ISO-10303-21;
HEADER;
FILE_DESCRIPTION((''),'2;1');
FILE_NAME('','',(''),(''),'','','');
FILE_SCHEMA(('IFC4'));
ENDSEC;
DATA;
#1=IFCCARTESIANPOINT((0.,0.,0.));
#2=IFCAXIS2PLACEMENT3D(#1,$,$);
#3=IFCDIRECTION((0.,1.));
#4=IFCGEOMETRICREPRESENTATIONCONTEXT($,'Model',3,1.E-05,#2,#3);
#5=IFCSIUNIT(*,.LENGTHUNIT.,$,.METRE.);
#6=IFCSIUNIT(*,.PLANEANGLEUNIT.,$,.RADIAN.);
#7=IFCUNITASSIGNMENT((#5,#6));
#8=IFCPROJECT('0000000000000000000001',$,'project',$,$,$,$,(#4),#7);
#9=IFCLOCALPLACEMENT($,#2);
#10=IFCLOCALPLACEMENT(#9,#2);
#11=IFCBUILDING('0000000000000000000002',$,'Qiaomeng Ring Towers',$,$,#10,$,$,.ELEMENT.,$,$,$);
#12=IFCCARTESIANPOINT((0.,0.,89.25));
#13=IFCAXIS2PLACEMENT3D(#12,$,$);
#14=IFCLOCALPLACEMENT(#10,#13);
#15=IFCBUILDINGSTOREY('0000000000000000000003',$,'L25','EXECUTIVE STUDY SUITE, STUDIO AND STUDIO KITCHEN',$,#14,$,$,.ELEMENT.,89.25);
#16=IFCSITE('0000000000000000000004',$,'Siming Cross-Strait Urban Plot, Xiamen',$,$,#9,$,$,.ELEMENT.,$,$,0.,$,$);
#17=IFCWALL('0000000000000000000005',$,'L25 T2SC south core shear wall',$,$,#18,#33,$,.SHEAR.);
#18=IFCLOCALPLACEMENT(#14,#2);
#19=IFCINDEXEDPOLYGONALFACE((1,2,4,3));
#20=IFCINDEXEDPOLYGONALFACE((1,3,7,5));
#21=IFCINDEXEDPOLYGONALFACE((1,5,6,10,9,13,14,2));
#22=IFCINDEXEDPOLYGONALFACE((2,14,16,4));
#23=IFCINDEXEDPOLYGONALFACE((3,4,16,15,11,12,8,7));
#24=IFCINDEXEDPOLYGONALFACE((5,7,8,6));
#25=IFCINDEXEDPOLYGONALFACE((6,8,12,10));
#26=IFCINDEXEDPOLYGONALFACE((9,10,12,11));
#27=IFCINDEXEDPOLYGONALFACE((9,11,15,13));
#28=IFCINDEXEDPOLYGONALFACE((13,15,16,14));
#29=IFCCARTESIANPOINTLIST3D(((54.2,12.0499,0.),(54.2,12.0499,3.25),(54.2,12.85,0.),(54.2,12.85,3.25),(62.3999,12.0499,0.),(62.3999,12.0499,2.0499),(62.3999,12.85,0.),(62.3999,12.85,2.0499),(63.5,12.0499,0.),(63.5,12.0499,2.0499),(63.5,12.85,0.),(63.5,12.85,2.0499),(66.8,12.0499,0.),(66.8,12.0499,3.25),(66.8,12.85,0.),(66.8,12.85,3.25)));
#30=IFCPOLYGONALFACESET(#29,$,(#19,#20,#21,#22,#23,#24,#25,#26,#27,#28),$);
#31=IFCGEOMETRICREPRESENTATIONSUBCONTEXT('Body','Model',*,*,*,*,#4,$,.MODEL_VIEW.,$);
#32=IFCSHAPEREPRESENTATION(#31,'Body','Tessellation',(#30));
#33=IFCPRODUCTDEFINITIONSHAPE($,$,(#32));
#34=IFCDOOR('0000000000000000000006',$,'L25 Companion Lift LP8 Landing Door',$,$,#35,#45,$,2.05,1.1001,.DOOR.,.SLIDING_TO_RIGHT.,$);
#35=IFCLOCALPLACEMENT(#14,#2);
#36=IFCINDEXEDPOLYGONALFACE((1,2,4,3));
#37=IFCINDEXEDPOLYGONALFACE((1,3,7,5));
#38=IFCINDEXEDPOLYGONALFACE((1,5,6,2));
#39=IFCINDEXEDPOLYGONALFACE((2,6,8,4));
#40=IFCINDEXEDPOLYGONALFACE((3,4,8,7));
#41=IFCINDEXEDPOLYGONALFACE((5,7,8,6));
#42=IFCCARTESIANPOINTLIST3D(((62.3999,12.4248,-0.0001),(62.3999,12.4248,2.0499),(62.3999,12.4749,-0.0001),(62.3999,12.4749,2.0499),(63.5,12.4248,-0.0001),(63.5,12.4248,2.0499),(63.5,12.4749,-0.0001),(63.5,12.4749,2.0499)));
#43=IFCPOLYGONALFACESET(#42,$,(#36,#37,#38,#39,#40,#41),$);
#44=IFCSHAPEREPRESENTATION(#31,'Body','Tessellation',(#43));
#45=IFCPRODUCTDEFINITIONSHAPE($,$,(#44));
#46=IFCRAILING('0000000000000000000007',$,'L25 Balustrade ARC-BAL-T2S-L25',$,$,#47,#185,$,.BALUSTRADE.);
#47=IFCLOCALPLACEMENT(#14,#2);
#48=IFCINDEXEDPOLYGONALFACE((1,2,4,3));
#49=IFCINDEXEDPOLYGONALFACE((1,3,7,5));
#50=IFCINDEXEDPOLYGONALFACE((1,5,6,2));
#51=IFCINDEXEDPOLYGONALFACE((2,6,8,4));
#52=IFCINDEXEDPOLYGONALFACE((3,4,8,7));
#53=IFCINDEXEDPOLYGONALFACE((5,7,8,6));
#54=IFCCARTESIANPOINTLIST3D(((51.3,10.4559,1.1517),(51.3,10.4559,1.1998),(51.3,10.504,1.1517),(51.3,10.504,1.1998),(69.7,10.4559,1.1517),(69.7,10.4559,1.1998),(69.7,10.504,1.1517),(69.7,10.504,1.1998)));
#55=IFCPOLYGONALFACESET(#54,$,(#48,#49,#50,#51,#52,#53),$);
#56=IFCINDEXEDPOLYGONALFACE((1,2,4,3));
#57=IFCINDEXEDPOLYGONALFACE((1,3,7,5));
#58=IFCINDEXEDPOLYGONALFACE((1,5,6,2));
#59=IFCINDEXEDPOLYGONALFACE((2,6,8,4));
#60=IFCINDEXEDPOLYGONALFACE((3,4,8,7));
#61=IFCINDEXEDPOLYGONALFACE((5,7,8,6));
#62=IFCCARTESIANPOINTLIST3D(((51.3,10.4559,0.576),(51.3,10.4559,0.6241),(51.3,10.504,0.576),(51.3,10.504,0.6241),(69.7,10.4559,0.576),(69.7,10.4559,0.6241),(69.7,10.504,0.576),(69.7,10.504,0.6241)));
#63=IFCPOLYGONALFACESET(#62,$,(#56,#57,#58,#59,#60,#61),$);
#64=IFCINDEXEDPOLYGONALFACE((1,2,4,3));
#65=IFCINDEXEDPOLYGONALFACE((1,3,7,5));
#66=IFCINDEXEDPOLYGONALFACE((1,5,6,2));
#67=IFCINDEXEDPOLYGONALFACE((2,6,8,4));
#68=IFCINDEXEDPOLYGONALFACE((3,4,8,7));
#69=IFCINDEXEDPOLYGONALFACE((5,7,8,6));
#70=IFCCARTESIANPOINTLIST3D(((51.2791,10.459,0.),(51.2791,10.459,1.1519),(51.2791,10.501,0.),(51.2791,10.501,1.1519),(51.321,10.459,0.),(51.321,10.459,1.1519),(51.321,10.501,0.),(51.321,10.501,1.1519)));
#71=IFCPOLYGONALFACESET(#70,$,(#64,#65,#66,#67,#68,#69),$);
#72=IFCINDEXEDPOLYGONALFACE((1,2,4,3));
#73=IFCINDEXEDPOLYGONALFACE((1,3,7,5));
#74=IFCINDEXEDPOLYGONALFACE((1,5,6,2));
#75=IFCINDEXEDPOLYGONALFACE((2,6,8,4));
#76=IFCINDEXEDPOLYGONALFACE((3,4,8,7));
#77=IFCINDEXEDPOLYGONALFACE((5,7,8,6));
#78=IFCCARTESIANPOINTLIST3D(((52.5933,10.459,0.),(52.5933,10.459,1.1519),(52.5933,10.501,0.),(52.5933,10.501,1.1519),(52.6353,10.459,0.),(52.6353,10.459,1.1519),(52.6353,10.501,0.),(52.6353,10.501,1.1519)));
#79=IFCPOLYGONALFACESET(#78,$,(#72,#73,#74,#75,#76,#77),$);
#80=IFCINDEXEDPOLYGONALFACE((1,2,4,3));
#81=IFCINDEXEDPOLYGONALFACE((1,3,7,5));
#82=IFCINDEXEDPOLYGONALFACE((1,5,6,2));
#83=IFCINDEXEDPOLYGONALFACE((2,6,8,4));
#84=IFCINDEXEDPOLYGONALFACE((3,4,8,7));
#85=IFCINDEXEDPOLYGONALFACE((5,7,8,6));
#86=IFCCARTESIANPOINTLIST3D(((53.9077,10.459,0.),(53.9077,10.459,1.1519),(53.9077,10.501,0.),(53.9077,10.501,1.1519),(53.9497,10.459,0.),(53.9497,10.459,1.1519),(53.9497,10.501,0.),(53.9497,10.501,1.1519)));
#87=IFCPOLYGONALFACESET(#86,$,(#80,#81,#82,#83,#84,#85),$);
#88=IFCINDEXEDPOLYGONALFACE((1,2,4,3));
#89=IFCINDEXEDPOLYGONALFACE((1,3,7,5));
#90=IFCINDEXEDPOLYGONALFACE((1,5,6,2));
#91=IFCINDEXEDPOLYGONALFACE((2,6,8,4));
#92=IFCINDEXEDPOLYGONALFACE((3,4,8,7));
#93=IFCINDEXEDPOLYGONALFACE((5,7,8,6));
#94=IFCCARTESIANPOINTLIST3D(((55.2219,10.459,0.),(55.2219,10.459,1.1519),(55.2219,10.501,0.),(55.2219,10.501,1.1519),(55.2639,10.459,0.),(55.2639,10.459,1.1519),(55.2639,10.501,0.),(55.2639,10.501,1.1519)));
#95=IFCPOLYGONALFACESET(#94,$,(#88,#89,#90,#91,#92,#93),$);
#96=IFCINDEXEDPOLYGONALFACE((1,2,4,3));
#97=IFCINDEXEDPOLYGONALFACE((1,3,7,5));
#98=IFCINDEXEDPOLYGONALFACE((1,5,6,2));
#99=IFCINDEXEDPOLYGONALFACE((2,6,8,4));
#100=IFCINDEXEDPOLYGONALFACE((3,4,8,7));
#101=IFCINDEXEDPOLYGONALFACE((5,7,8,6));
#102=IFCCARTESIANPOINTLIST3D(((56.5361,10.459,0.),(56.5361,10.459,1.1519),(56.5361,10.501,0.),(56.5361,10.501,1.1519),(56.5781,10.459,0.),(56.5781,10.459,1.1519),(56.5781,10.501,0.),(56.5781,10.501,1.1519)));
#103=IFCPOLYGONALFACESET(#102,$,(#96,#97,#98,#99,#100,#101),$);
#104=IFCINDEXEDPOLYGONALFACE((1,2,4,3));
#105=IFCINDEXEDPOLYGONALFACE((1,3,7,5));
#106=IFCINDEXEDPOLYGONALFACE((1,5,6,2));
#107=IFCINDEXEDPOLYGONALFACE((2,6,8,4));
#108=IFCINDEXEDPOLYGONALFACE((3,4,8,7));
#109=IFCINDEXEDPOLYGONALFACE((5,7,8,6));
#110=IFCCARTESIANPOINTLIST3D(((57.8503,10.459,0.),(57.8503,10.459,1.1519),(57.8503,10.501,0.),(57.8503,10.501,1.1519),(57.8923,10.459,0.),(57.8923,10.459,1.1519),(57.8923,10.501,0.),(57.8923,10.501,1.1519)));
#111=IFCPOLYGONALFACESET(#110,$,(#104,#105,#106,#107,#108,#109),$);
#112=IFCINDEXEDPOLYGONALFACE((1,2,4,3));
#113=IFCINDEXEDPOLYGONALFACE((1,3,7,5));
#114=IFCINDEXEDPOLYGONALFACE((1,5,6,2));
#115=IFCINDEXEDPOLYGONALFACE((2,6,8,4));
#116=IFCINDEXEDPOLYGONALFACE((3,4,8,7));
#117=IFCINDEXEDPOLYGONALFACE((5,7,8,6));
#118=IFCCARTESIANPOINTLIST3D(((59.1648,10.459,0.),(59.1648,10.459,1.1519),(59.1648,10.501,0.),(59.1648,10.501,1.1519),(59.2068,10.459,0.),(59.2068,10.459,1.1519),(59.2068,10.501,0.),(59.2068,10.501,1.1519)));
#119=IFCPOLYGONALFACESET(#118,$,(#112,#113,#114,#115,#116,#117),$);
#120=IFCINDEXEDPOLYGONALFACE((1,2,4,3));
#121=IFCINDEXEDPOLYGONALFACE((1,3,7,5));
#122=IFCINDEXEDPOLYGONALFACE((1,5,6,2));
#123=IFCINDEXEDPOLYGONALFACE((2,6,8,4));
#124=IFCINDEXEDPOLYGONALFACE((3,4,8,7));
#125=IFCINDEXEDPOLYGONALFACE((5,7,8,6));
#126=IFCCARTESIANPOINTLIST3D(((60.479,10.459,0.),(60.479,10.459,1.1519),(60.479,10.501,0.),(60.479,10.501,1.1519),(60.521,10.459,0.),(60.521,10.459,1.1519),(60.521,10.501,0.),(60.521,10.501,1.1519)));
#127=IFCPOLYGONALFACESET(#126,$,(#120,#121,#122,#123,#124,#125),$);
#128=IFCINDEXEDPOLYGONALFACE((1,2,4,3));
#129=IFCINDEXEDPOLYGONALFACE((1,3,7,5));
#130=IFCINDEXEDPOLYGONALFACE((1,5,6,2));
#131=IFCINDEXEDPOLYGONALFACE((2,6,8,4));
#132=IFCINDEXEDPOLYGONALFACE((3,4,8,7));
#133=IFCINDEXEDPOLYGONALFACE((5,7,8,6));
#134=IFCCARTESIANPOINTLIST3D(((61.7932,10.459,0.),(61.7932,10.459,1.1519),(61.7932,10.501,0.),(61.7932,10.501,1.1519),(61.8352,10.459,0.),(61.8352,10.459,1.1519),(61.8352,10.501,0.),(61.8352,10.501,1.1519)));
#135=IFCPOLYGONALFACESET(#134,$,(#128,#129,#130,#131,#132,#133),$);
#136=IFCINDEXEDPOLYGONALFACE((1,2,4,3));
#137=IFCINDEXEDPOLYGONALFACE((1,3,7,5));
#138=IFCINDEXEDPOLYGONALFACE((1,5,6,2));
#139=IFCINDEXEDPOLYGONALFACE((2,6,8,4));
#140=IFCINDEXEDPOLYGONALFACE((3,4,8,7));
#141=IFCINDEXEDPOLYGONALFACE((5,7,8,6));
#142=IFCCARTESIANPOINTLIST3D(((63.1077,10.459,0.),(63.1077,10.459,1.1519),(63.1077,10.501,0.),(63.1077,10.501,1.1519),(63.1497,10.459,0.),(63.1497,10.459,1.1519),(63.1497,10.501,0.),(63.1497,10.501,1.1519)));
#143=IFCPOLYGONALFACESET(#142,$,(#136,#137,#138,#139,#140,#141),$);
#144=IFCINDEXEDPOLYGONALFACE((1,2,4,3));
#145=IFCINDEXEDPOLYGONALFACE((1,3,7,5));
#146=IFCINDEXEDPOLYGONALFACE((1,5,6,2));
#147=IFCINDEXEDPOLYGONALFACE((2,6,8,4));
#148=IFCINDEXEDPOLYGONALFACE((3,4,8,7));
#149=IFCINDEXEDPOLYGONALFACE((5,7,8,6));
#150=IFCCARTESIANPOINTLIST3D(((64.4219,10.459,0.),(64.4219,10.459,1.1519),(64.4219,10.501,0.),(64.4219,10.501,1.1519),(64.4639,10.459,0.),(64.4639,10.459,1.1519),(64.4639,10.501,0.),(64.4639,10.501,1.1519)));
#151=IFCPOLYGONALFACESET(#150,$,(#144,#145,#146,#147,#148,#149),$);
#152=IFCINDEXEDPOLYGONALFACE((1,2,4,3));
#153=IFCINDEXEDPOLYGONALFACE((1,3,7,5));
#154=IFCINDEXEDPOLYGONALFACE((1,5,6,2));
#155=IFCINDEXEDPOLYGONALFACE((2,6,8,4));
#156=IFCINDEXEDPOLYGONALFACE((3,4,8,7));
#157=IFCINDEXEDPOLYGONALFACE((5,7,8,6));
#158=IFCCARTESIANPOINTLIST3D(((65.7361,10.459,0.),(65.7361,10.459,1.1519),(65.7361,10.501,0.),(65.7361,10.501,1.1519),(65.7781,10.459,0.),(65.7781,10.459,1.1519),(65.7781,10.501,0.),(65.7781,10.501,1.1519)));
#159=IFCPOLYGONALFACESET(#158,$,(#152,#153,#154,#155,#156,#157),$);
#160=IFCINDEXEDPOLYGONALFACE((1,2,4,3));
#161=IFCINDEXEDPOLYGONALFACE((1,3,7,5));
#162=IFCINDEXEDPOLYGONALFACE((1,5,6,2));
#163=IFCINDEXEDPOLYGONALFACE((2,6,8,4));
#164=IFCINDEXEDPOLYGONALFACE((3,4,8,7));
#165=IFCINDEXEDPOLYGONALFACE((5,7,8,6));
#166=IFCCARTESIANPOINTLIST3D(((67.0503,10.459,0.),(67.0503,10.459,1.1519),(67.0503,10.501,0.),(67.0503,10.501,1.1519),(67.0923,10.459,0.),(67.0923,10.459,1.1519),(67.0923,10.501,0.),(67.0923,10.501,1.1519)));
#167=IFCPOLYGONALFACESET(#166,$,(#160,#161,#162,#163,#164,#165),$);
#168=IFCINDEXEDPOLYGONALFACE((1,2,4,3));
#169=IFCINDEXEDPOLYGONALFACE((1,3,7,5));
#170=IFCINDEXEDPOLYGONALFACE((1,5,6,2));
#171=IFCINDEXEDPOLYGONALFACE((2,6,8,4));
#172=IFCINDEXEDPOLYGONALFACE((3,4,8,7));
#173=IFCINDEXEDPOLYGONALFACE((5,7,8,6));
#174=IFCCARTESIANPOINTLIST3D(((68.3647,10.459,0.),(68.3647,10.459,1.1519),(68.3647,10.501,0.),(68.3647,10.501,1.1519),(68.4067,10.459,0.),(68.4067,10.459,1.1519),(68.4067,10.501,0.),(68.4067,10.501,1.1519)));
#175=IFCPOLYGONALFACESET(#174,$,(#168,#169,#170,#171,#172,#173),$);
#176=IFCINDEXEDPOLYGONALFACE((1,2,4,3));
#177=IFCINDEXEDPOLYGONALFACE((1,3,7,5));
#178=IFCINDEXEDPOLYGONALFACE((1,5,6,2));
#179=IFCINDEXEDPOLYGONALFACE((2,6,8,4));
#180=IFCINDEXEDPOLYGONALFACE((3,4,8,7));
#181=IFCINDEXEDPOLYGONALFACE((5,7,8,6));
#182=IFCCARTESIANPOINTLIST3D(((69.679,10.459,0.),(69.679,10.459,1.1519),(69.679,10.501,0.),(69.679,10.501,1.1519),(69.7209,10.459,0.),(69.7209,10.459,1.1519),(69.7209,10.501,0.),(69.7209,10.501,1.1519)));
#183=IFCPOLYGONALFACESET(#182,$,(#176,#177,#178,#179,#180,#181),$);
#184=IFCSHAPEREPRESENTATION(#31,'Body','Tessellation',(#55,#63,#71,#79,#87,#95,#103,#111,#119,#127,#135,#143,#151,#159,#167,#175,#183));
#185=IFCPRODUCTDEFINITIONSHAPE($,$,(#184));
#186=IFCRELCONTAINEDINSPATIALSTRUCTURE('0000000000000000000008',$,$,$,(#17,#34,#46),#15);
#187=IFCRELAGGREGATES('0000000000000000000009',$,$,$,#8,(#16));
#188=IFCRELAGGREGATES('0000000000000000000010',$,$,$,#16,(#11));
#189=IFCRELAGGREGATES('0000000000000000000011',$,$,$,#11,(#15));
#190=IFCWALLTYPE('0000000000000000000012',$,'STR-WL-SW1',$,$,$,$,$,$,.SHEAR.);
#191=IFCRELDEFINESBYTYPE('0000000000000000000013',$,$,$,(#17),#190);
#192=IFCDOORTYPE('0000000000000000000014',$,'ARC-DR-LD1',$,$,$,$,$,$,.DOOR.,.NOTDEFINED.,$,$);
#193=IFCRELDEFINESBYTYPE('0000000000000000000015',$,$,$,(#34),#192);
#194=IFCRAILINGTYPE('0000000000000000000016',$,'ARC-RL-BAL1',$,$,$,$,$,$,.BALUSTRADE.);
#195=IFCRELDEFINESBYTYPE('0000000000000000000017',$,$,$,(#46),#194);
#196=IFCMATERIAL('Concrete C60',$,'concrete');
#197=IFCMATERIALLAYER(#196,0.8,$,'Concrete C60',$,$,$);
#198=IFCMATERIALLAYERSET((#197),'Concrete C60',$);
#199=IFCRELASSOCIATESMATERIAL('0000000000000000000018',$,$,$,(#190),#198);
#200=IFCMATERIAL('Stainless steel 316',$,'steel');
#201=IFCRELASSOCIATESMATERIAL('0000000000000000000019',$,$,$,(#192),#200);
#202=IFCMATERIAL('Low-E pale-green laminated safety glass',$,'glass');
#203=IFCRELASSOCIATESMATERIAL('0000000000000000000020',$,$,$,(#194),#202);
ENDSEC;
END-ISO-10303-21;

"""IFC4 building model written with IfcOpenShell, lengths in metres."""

from ifc_helpers import new_model, si_unit, direction, frame, frame_2d, origin, origin_2d, place, context, subcontext, project, spatial, rectangle, extrude, source, transform, mapped, material, layer, layer_set, type_object, element, fill, save


model = new_model("IFC4")

# Units and contexts
model_context = context("Model", 3, precision=1e-05, world=origin(), true_north=direction((0.0, 1.0)))
body_context = subcontext(model_context, "Body", "Model", "MODEL_VIEW")
ifc_project = project(units=[si_unit("LENGTHUNIT", "METRE"), si_unit("PLANEANGLEUNIT", "RADIAN")], contexts=[model_context])

# Site, building, storey
site_placement = place(None, origin())
site = spatial("IfcSite", under=ifc_project, at=site_placement, Name="Siming Cross-Strait Urban Plot, Xiamen", CompositionType="ELEMENT", RefElevation=0.0)
building_placement = place(site_placement, origin())
building = spatial("IfcBuilding", under=site, at=building_placement, Name="Qiaomeng Ring Towers", CompositionType="ELEMENT")
storey_placement = place(building_placement, frame((0.0, 0.0, 89.25)))
storey = spatial("IfcBuildingStorey", under=building, at=storey_placement, Name="L25", Description="EXECUTIVE STUDY SUITE, STUDIO AND STUDIO KITCHEN", CompositionType="ELEMENT", Elevation=89.25)

# Wall, opening, door
ifc_material_1 = material(Name="Concrete C60", Category="concrete")
ifc_layer_1 = layer(ifc_material_1, 0.8, Name="Concrete C60")
ifc_layer_set_1 = layer_set([ifc_layer_1], Name="Concrete C60")
wall_type_1 = type_object("IfcWallType", Name="STR-WL-SW1", PredefinedType="SHEAR", material=ifc_layer_set_1)
wall_1_placement = place(storey_placement, frame((54.2, 12.45, 0.0), z_axis=(0.0, 0.0, 1.0), x_axis=(1.0, 0.0, 0.0)))
wall_1 = element("IfcWall", 1, at=wall_1_placement, inside=storey, type_object=wall_type_1, Name="L25 T2SC south core shear wall", PredefinedType="SHEAR", context=body_context, shape_type="SweptSolid", body=[
    extrude(rectangle(XDim=12.6001, YDim=0.8, at=frame_2d((6.3, 0.0))), origin(), (0.0, 0.0, 1.0), 3.25),
])
opening_1_placement = place(wall_1_placement, frame((8.2, 0.0, 0.0)))
opening_1 = element("IfcOpeningElement", 2, at=opening_1_placement, cuts=wall_1, PredefinedType="OPENING", context=body_context, shape_type="SweptSolid", body=[
    extrude(rectangle(XDim=1.1001, YDim=2.05, at=frame_2d((0.55, 1.0249))), frame((0.0, 0.4099, 0.0), z_axis=(0.0, -1.0, 0.0), x_axis=(1.0, 0.0, 0.0)), (0.0, 0.0, 1.0), 0.8201),
])
ifc_material_2 = material(Name="Stainless steel 316", Category="steel")
door_type_1 = type_object("IfcDoorType", Name="ARC-DR-LD1", OperationType="NOTDEFINED", PredefinedType="DOOR", material=ifc_material_2)
shared_shape_1 = source(origin(), body_context, "Body", "SweptSolid", [
    extrude(rectangle(XDim=1.1001, YDim=2.05, at=frame_2d((0.55, 1.0249))), frame((0.0, 0.0249, 0.0), z_axis=(0.0, -1.0, 0.0), x_axis=(1.0, 0.0, 0.0)), (0.0, 0.0, 1.0), 0.05),
])
door_1_placement = place(opening_1_placement, origin())
door_1 = element("IfcDoor", 3, at=door_1_placement, inside=storey, type_object=door_type_1, Name="L25 Companion Lift LP8 Landing Door", OperationType="SLIDING_TO_RIGHT", OverallHeight=2.05, OverallWidth=1.1001, PredefinedType="DOOR", context=body_context, shape_type="MappedRepresentation", body=[
    mapped(shared_shape_1, transform((0.0, 0.0, 0.0), x_axis=(1.0, 0.0, 0.0), y_axis=(0.0, 1.0, 0.0), z_axis=(0.0, 0.0, 1.0), scale=1.0)),
])
fill(opening_1, door_1)

# Railing
ifc_material_3 = material(Name="Low-E pale-green laminated safety glass", Category="glass")
railing_type = type_object("IfcRailingType", Name="ARC-RL-BAL1", PredefinedType="BALUSTRADE", material=ifc_material_3)
railing_placement = place(storey_placement, frame((51.3, 10.48, 0.0)))
element("IfcRailing", 4, at=railing_placement, inside=storey, type_object=railing_type, Name="L25 Balustrade ARC-BAL-T2S-L25", PredefinedType="BALUSTRADE", context=body_context, shape_type="SweptSolid", body=[
    extrude(rectangle(XDim=0.0481, YDim=0.0481, at=origin_2d()), frame((0.0, 0.0, 1.1758), z_axis=(1.0, 0.0, 0.0), x_axis=(0.0, 1.0, 0.0)), (0.0, 0.0, 1.0), 18.3999),
    extrude(rectangle(XDim=0.0481, YDim=0.0481, at=origin_2d()), frame((0.0, 0.0, 0.6001), z_axis=(1.0, 0.0, 0.0), x_axis=(0.0, 1.0, 0.0)), (0.0, 0.0, 1.0), 18.3999),
    extrude(rectangle(XDim=0.042, YDim=0.042, at=origin_2d()), origin(), (0.0, 0.0, 1.0), 1.1519),
    extrude(rectangle(XDim=0.042, YDim=0.042, at=origin_2d()), frame((1.3142, 0.0, 0.0)), (0.0, 0.0, 1.0), 1.1519),
    extrude(rectangle(XDim=0.042, YDim=0.042, at=origin_2d()), frame((2.6287, 0.0, 0.0)), (0.0, 0.0, 1.0), 1.1519),
    extrude(rectangle(XDim=0.042, YDim=0.042, at=origin_2d()), frame((3.9429, 0.0, 0.0)), (0.0, 0.0, 1.0), 1.1519),
    extrude(rectangle(XDim=0.042, YDim=0.042, at=origin_2d()), frame((5.2571, 0.0, 0.0)), (0.0, 0.0, 1.0), 1.1519),
    extrude(rectangle(XDim=0.042, YDim=0.042, at=origin_2d()), frame((6.5713, 0.0, 0.0)), (0.0, 0.0, 1.0), 1.1519),
    extrude(rectangle(XDim=0.042, YDim=0.042, at=origin_2d()), frame((7.8857, 0.0, 0.0)), (0.0, 0.0, 1.0), 1.1519),
    extrude(rectangle(XDim=0.042, YDim=0.042, at=origin_2d()), frame((9.2, 0.0, 0.0)), (0.0, 0.0, 1.0), 1.1519),
    extrude(rectangle(XDim=0.042, YDim=0.042, at=origin_2d()), frame((10.5142, 0.0, 0.0)), (0.0, 0.0, 1.0), 1.1519),
    extrude(rectangle(XDim=0.042, YDim=0.042, at=origin_2d()), frame((11.8286, 0.0, 0.0)), (0.0, 0.0, 1.0), 1.1519),
    extrude(rectangle(XDim=0.042, YDim=0.042, at=origin_2d()), frame((13.1428, 0.0, 0.0)), (0.0, 0.0, 1.0), 1.1519),
    extrude(rectangle(XDim=0.042, YDim=0.042, at=origin_2d()), frame((14.457, 0.0, 0.0)), (0.0, 0.0, 1.0), 1.1519),
    extrude(rectangle(XDim=0.042, YDim=0.042, at=origin_2d()), frame((15.7712, 0.0, 0.0)), (0.0, 0.0, 1.0), 1.1519),
    extrude(rectangle(XDim=0.042, YDim=0.042, at=origin_2d()), frame((17.0857, 0.0, 0.0)), (0.0, 0.0, 1.0), 1.1519),
    extrude(rectangle(XDim=0.042, YDim=0.042, at=origin_2d()), frame((18.3999, 0.0, 0.0)), (0.0, 0.0, 1.0), 1.1519),
])

save(model, "model.ifc")
